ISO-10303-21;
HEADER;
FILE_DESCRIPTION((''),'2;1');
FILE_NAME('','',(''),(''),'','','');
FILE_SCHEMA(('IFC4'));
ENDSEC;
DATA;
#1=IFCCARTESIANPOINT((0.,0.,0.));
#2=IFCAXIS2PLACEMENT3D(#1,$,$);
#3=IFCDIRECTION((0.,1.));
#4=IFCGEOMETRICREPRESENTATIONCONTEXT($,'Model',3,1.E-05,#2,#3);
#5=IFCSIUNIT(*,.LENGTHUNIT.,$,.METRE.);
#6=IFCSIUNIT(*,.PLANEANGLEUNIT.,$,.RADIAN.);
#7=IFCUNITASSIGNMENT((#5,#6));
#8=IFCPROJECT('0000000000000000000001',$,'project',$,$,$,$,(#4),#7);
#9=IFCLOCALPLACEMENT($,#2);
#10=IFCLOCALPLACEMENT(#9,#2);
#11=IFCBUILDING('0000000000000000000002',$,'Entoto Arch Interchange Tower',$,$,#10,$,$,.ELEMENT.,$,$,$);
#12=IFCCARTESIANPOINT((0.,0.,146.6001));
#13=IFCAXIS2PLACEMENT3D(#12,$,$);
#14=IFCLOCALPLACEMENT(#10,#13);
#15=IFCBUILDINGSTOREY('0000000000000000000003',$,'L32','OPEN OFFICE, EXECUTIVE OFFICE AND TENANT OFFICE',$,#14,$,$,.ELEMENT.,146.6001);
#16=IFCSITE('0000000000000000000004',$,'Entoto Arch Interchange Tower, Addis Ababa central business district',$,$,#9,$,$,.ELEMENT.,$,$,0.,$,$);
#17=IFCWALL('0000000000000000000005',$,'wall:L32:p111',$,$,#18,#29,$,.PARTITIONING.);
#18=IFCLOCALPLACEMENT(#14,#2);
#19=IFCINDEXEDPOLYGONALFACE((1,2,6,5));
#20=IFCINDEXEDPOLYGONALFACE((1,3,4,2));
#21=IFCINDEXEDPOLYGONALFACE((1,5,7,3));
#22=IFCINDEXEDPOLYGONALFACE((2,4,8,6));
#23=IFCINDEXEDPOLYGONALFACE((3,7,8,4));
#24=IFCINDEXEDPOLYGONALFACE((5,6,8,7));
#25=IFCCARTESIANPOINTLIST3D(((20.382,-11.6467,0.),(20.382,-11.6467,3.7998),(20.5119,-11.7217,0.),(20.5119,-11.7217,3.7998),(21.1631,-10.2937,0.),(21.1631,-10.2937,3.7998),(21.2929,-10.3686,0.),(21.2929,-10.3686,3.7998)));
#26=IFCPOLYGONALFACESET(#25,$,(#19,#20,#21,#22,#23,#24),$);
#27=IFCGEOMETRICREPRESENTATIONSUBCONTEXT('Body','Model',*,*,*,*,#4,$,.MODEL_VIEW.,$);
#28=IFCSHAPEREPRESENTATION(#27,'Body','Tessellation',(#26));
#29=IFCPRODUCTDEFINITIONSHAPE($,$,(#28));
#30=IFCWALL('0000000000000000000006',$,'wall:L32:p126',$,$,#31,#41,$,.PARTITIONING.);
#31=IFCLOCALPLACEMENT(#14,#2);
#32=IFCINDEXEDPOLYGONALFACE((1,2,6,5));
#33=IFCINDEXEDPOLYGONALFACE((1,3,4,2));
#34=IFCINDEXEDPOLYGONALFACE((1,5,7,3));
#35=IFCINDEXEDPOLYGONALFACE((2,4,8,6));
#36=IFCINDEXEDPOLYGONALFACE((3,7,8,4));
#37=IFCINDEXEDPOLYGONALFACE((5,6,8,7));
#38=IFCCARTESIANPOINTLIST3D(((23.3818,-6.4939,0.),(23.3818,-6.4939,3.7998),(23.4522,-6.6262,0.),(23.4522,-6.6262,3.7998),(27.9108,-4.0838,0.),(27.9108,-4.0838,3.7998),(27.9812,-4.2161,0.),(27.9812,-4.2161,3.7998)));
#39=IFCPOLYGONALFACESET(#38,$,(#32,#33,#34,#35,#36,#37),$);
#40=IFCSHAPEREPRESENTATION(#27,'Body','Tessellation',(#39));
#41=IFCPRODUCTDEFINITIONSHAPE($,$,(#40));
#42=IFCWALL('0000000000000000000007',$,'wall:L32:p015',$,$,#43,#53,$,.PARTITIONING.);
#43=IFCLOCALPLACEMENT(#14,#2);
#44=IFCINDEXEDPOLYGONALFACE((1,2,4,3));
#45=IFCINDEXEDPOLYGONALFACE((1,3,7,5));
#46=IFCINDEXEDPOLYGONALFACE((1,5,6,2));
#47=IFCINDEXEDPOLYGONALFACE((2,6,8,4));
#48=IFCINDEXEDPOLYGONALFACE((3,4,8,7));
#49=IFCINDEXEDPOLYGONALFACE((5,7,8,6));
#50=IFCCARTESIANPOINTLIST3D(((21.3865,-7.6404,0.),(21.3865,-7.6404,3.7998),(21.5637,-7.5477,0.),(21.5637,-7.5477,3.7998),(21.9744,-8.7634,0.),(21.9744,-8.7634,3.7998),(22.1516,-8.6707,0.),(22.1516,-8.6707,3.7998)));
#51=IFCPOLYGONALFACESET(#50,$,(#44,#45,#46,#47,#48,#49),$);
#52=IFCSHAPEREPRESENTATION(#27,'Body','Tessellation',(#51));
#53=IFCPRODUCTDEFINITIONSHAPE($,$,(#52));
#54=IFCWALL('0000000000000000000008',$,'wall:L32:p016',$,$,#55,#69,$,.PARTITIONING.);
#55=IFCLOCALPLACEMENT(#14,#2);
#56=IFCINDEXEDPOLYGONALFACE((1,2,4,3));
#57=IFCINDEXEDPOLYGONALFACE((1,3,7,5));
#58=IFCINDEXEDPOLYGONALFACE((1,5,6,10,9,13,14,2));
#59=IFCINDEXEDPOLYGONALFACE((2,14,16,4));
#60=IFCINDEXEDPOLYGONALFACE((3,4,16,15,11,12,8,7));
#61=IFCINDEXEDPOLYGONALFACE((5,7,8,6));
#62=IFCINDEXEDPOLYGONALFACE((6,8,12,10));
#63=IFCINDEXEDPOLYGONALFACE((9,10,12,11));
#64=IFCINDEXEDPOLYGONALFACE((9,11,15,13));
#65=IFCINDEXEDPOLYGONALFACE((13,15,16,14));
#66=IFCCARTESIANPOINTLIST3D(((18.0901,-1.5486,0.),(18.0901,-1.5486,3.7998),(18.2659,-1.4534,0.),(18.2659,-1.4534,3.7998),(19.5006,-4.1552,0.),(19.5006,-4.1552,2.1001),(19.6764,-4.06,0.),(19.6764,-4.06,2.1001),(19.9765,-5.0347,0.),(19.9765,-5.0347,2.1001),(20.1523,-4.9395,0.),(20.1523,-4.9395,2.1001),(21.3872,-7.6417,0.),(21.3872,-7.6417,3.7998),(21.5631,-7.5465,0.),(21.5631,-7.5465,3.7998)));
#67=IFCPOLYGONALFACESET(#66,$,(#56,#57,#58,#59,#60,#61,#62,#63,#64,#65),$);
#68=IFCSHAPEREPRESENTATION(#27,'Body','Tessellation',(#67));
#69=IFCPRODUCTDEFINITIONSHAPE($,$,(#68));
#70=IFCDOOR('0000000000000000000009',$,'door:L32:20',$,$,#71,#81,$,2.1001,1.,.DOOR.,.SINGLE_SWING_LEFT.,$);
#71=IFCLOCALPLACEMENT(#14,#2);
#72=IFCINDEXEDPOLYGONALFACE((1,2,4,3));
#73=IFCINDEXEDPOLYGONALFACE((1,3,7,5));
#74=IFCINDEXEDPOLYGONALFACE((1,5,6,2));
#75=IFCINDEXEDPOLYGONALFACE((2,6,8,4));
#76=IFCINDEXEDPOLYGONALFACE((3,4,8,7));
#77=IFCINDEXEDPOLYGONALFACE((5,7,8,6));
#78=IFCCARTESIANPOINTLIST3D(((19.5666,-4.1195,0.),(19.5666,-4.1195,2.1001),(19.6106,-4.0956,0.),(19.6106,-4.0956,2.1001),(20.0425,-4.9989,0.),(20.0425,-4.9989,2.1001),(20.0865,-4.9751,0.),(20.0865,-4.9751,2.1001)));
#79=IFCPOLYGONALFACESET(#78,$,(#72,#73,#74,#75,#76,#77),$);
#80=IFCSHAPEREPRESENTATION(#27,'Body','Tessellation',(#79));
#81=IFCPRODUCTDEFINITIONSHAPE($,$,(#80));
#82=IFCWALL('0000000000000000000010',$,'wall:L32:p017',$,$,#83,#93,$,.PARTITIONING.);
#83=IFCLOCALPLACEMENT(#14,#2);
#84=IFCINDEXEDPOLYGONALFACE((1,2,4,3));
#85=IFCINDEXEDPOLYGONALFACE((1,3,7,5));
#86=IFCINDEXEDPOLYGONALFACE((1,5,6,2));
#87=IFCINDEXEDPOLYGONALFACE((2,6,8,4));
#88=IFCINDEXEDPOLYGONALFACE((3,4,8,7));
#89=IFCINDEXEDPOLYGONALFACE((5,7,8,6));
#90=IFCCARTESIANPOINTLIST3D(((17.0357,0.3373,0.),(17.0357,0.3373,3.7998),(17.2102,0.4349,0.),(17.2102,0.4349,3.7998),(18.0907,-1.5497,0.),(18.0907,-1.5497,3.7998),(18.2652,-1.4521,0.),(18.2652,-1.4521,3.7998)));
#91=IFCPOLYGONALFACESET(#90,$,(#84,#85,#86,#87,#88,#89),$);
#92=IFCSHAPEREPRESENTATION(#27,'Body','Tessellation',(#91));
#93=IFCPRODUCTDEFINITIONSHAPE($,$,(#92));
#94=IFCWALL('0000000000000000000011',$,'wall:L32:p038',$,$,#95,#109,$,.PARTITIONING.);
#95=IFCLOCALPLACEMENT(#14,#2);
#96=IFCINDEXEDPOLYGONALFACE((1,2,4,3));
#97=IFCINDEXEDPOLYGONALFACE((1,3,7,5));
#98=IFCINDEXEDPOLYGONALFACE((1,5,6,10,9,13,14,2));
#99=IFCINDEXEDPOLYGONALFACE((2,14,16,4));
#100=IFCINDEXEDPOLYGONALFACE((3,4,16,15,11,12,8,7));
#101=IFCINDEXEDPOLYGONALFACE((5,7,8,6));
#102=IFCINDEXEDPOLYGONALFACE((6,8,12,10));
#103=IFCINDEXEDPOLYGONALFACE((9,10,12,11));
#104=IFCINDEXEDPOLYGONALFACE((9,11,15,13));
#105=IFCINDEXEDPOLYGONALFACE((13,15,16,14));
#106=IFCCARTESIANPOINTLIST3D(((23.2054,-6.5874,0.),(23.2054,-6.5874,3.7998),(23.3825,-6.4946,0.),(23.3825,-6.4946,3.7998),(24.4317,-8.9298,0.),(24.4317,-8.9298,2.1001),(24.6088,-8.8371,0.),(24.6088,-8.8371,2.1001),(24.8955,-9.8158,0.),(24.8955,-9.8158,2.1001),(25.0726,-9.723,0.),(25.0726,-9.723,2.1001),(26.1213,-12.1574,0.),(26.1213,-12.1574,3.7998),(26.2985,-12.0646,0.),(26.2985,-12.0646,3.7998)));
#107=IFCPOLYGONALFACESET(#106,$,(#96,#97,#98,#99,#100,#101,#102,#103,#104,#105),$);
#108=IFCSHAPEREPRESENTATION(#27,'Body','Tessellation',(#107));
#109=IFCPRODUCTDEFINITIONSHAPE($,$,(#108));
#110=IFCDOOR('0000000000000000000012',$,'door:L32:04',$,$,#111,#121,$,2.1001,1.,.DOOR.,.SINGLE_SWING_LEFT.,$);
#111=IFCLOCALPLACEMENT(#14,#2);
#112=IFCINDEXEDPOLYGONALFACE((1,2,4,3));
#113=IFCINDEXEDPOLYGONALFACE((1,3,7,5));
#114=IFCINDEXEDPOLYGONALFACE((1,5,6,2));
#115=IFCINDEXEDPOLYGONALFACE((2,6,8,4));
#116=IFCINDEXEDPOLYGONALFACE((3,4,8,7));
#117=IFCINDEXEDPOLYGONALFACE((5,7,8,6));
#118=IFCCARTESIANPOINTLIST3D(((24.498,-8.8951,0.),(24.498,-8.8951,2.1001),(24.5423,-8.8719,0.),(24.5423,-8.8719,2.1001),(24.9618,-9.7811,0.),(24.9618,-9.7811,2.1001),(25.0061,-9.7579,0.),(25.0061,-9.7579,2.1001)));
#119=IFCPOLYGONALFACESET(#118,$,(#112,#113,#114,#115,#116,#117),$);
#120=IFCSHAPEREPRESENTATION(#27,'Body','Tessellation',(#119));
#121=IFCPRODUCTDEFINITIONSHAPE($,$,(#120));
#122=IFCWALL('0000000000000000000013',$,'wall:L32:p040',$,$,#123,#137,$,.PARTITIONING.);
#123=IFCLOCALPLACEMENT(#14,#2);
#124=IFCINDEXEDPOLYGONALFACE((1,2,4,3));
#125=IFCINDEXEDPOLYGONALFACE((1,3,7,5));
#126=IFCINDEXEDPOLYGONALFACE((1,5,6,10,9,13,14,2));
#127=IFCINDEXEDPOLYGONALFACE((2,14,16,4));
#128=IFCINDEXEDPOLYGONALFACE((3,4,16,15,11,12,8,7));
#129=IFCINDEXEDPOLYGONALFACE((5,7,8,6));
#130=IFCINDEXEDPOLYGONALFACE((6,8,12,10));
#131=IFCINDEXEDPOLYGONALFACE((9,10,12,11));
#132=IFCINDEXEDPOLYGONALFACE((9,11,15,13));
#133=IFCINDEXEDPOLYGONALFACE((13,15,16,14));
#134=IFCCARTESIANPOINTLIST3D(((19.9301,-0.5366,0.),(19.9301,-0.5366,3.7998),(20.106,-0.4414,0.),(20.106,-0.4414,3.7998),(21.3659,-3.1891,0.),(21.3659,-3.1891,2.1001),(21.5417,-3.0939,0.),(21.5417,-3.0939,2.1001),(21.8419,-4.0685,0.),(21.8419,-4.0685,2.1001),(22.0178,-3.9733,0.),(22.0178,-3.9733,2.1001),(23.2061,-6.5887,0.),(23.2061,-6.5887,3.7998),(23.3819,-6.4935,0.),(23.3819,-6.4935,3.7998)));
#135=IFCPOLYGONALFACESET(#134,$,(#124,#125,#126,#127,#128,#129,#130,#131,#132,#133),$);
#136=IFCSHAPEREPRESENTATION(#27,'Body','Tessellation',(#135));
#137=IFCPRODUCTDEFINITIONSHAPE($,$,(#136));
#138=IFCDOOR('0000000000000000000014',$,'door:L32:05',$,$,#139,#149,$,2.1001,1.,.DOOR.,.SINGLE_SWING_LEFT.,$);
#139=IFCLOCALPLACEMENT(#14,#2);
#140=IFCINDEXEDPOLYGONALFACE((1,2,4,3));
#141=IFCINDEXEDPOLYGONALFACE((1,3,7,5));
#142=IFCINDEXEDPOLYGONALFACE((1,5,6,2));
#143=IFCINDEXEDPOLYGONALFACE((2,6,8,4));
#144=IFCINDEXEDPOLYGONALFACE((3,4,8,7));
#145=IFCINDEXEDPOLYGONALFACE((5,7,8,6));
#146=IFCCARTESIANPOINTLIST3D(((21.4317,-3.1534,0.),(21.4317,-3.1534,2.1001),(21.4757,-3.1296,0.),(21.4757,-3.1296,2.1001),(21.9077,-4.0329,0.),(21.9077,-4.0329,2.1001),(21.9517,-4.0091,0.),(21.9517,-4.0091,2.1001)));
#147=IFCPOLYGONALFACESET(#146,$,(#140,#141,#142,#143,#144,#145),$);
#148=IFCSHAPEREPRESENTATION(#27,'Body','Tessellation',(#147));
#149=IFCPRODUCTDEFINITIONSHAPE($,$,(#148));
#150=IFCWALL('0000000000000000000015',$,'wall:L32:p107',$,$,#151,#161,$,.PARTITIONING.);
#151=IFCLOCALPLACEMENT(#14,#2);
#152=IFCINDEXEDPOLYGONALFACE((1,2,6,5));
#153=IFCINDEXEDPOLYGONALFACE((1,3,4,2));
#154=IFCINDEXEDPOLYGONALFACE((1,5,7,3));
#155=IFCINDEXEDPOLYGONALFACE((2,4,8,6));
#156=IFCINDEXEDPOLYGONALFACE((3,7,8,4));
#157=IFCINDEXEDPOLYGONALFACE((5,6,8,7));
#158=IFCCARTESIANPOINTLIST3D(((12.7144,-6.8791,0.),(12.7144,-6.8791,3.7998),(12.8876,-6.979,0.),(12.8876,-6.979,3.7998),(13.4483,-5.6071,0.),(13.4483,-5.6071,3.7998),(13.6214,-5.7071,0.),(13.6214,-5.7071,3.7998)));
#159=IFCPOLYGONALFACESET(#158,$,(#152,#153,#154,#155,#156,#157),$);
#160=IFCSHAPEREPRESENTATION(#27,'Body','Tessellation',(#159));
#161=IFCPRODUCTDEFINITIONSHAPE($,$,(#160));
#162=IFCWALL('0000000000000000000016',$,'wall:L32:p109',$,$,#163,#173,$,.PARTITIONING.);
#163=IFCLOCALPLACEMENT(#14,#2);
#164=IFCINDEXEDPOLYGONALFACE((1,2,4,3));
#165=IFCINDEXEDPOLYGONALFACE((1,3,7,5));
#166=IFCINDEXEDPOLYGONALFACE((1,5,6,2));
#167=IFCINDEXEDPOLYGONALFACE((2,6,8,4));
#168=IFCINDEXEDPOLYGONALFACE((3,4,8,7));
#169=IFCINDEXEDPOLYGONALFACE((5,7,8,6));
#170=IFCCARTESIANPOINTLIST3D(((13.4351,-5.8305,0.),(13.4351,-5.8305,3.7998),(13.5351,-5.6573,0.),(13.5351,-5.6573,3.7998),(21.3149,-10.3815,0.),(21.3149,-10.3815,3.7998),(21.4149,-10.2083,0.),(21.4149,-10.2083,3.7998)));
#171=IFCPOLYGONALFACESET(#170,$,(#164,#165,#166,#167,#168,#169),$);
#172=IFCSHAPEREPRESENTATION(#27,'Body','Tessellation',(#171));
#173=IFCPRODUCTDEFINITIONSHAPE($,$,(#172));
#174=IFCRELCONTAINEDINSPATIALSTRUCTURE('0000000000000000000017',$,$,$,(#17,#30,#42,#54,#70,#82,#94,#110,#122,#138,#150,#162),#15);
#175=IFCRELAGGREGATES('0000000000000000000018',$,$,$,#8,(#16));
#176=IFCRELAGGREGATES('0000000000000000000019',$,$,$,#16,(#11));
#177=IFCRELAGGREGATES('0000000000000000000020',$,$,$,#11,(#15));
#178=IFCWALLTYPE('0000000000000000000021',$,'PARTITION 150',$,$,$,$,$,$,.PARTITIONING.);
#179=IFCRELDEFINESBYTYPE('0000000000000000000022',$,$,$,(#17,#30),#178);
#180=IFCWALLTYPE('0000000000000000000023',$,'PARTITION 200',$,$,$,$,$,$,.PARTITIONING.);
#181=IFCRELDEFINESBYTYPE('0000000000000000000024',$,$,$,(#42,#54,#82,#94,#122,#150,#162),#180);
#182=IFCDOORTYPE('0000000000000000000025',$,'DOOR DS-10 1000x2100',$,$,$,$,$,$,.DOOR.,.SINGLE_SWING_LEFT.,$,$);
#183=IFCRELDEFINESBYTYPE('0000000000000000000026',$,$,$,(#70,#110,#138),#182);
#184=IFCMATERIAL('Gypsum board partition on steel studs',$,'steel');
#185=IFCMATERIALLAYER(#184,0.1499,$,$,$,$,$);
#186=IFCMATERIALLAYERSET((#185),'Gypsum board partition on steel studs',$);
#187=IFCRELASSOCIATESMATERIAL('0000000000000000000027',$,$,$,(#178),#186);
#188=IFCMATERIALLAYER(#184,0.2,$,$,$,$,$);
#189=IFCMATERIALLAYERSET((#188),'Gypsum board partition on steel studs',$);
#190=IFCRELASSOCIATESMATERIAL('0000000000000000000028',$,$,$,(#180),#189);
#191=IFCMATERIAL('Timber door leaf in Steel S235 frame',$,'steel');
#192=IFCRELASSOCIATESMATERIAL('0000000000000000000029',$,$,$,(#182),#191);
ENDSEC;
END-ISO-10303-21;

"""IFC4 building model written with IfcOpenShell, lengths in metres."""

from ifc_helpers import new_model, si_unit, direction, frame, frame_2d, origin, place, context, subcontext, project, spatial, rectangle, extrude, material, layer, layer_set, type_object, element, fill, save


model = new_model("IFC4")

# Units and contexts
model_context = context("Model", 3, precision=1e-05, world=origin(), true_north=direction((0.0, 1.0)))
body_context = subcontext(model_context, "Body", "Model", "MODEL_VIEW")
ifc_project = project(units=[si_unit("LENGTHUNIT", "METRE"), si_unit("PLANEANGLEUNIT", "RADIAN")], contexts=[model_context])

# Site, building, storey
site_placement = place(None, origin())
site = spatial("IfcSite", under=ifc_project, at=site_placement, Name="Entoto Arch Interchange Tower, Addis Ababa central business district", CompositionType="ELEMENT", RefElevation=0.0)
building_placement = place(site_placement, origin())
building = spatial("IfcBuilding", under=site, at=building_placement, Name="Entoto Arch Interchange Tower", CompositionType="ELEMENT")
storey_placement = place(building_placement, frame((0.0, 0.0, 146.6001)))
storey = spatial("IfcBuildingStorey", under=building, at=storey_placement, Name="L32", Description="OPEN OFFICE, EXECUTIVE OFFICE AND TENANT OFFICE", CompositionType="ELEMENT", Elevation=146.6001)

# Walls
ifc_material_1 = material(Name="Gypsum board partition on steel studs", Category="steel")
ifc_layer_1 = layer(ifc_material_1, 0.1499)
ifc_layer_set_1 = layer_set([ifc_layer_1], Name="Gypsum board partition on steel studs")
wall_type_1 = type_object("IfcWallType", Name="PARTITION 150", PredefinedType="PARTITIONING", material=ifc_layer_set_1)
wall_1_placement = place(storey_placement, frame((21.228, -10.3311, 0.0), z_axis=(0.0, 0.0, 1.0), x_axis=(-0.499921, -0.866071, 0.0)))
element("IfcWall", 1, at=wall_1_placement, inside=storey, type_object=wall_type_1, Name="wall:L32:p111", PredefinedType="PARTITIONING", context=body_context, shape_type="SweptSolid", body=[
    extrude(rectangle(XDim=1.5623, YDim=0.1499, at=frame_2d((0.7812, 0.0))), origin(), (0.0, 0.0, 1.0), 3.7998),
])
wall_2_placement = place(storey_placement, frame((23.417, -6.5601, 0.0), z_axis=(0.0, 0.0, 1.0), x_axis=(0.882785, 0.469778, 0.0)))
element("IfcWall", 2, at=wall_2_placement, inside=storey, type_object=wall_type_1, Name="wall:L32:p126", PredefinedType="PARTITIONING", context=body_context, shape_type="SweptSolid", body=[
    extrude(rectangle(XDim=5.1304, YDim=0.1499, at=frame_2d((2.5652, 0.0))), origin(), (0.0, 0.0, 1.0), 3.7998),
])
ifc_layer_2 = layer(ifc_material_1, 0.2)
ifc_layer_set_2 = layer_set([ifc_layer_2], Name="Gypsum board partition on steel studs")
wall_type_2 = type_object("IfcWallType", Name="PARTITION 200", PredefinedType="PARTITIONING", material=ifc_layer_set_2)
wall_3_placement = place(storey_placement, frame((22.063, -8.717, 0.0), z_axis=(0.0, 0.0, 1.0), x_axis=(-0.463777, 0.885952, 0.0)))
element("IfcWall", 3, at=wall_3_placement, inside=storey, type_object=wall_type_2, Name="wall:L32:p015", PredefinedType="PARTITIONING", context=body_context, shape_type="SweptSolid", body=[
    extrude(rectangle(XDim=1.2676, YDim=0.2, at=frame_2d((0.6338, 0.0))), origin(), (0.0, 0.0, 1.0), 3.7998),
])

# Wall, opening, door
wall_4_placement = place(storey_placement, frame((21.4751, -7.594, 0.0), z_axis=(0.0, 0.0, 1.0), x_axis=(-0.475919, 0.879489, 0.0)))
wall_4 = element("IfcWall", 4, at=wall_4_placement, inside=storey, type_object=wall_type_2, Name="wall:L32:p016", PredefinedType="PARTITIONING", context=body_context, shape_type="SweptSolid", body=[
    extrude(rectangle(XDim=6.928, YDim=0.2, at=frame_2d((3.4639, 0.0))), origin(), (0.0, 0.0, 1.0), 3.7998),
])
opening_1_placement = place(wall_4_placement, frame((2.9641, 0.0, 0.0)))
opening_1 = element("IfcOpeningElement", 5, at=opening_1_placement, cuts=wall_4, PredefinedType="OPENING", context=body_context, shape_type="SweptSolid", body=[
    extrude(rectangle(XDim=1.0, YDim=2.1001, at=frame_2d((0.5, 1.05))), frame((0.0, 0.1099, 0.0), z_axis=(0.0, -1.0, 0.0), x_axis=(1.0, 0.0, 0.0)), (0.0, 0.0, 1.0), 0.22),
])
ifc_material_2 = material(Name="Timber door leaf in Steel S235 frame", Category="steel")
door_type = type_object("IfcDoorType", Name="DOOR DS-10 1000x2100", OperationType="SINGLE_SWING_LEFT", PredefinedType="DOOR", material=ifc_material_2)
door_1_placement = place(opening_1_placement, origin())
door_1 = element("IfcDoor", 6, at=door_1_placement, inside=storey, type_object=door_type, Name="door:L32:20", OperationType="SINGLE_SWING_LEFT", OverallHeight=2.1001, OverallWidth=1.0, PredefinedType="DOOR", context=body_context, shape_type="SweptSolid", body=[
    extrude(rectangle(XDim=1.0, YDim=2.1001, at=frame_2d((0.5, 1.05))), frame((0.0, 0.0249, 0.0), z_axis=(0.0, -1.0, 0.0), x_axis=(1.0, 0.0, 0.0)), (0.0, 0.0, 1.0), 0.05),
])
fill(opening_1, door_1)

# Wall
wall_5_placement = place(storey_placement, frame((18.178, -1.501, 0.0), z_axis=(0.0, 0.0, 1.0), x_axis=(-0.487981, 0.872854, 0.0)))
element("IfcWall", 7, at=wall_5_placement, inside=storey, type_object=wall_type_2, Name="wall:L32:p017", PredefinedType="PARTITIONING", context=body_context, shape_type="SweptSolid", body=[
    extrude(rectangle(XDim=2.1619, YDim=0.2, at=frame_2d((1.0811, 0.0))), origin(), (0.0, 0.0, 1.0), 3.7998),
])

# Walls, openings, doors
wall_6_placement = place(storey_placement, frame((23.2939, -6.541, 0.0), z_axis=(0.0, 0.0, 1.0), x_axis=(0.463802, -0.885939, 0.0)))
wall_6 = element("IfcWall", 8, at=wall_6_placement, inside=storey, type_object=wall_type_2, Name="wall:L32:p038", PredefinedType="PARTITIONING", context=body_context, shape_type="SweptSolid", body=[
    extrude(rectangle(XDim=6.2871, YDim=0.2, at=frame_2d((3.1436, 0.0))), origin(), (0.0, 0.0, 1.0), 3.7998),
])
opening_2_placement = place(wall_6_placement, frame((2.644, 0.0, 0.0)))
opening_2 = element("IfcOpeningElement", 9, at=opening_2_placement, cuts=wall_6, PredefinedType="OPENING", context=body_context, shape_type="SweptSolid", body=[
    extrude(rectangle(XDim=1.0, YDim=2.1001, at=frame_2d((0.5, 1.05))), frame((0.0, 0.1099, 0.0), z_axis=(0.0, -1.0, 0.0), x_axis=(1.0, 0.0, 0.0)), (0.0, 0.0, 1.0), 0.22),
])
door_2_placement = place(opening_2_placement, origin())
door_2 = element("IfcDoor", 10, at=door_2_placement, inside=storey, type_object=door_type, Name="door:L32:04", OperationType="SINGLE_SWING_LEFT", OverallHeight=2.1001, OverallWidth=1.0, PredefinedType="DOOR", context=body_context, shape_type="SweptSolid", body=[
    extrude(rectangle(XDim=1.0, YDim=2.1001, at=frame_2d((0.5, 1.05))), frame((0.0, 0.0249, 0.0), z_axis=(0.0, -1.0, 0.0), x_axis=(1.0, 0.0, 0.0)), (0.0, 0.0, 1.0), 0.05),
])
fill(opening_2, door_2)
wall_7_placement = place(storey_placement, frame((20.0181, -0.489, 0.0), z_axis=(0.0, 0.0, 1.0), x_axis=(0.476026, -0.879431, 0.0)))
wall_7 = element("IfcWall", 11, at=wall_7_placement, inside=storey, type_object=wall_type_2, Name="wall:L32:p040", PredefinedType="PARTITIONING", context=body_context, shape_type="SweptSolid", body=[
    extrude(rectangle(XDim=6.8818, YDim=0.2, at=frame_2d((3.4409, 0.0))), origin(), (0.0, 0.0, 1.0), 3.7998),
])
opening_3_placement = place(wall_7_placement, frame((3.0161, 0.0, 0.0)))
opening_3 = element("IfcOpeningElement", 12, at=opening_3_placement, cuts=wall_7, PredefinedType="OPENING", context=body_context, shape_type="SweptSolid", body=[
    extrude(rectangle(XDim=1.0, YDim=2.1001, at=frame_2d((0.5, 1.05))), frame((0.0, 0.1099, 0.0), z_axis=(0.0, -1.0, 0.0), x_axis=(1.0, 0.0, 0.0)), (0.0, 0.0, 1.0), 0.22),
])
door_3_placement = place(opening_3_placement, origin())
door_3 = element("IfcDoor", 13, at=door_3_placement, inside=storey, type_object=door_type, Name="door:L32:05", OperationType="SINGLE_SWING_LEFT", OverallHeight=2.1001, OverallWidth=1.0, PredefinedType="DOOR", context=body_context, shape_type="SweptSolid", body=[
    extrude(rectangle(XDim=1.0, YDim=2.1001, at=frame_2d((0.5, 1.05))), frame((0.0, 0.0249, 0.0), z_axis=(0.0, -1.0, 0.0), x_axis=(1.0, 0.0, 0.0)), (0.0, 0.0, 1.0), 0.05),
])
fill(opening_3, door_3)

# Walls
wall_8_placement = place(storey_placement, frame((13.5349, -5.657, 0.0), z_axis=(0.0, 0.0, 1.0), x_axis=(-0.499751, -0.866169, 0.0)))
element("IfcWall", 14, at=wall_8_placement, inside=storey, type_object=wall_type_2, Name="wall:L32:p107", PredefinedType="PARTITIONING", context=body_context, shape_type="SweptSolid", body=[
    extrude(rectangle(XDim=1.4685, YDim=0.2, at=frame_2d((0.7344, 0.0))), origin(), (0.0, 0.0, 1.0), 3.7998),
])
wall_9_placement = place(storey_placement, frame((13.4851, -5.7439, 0.0), z_axis=(0.0, 0.0, 1.0), x_axis=(0.865951, -0.50013, 0.0)))
element("IfcWall", 15, at=wall_9_placement, inside=storey, type_object=wall_type_2, Name="wall:L32:p109", PredefinedType="PARTITIONING", context=body_context, shape_type="SweptSolid", body=[
    extrude(rectangle(XDim=9.0996, YDim=0.2, at=frame_2d((4.5498, 0.0))), origin(), (0.0, 0.0, 1.0), 3.7998),
])

save(model, "model.ifc")
